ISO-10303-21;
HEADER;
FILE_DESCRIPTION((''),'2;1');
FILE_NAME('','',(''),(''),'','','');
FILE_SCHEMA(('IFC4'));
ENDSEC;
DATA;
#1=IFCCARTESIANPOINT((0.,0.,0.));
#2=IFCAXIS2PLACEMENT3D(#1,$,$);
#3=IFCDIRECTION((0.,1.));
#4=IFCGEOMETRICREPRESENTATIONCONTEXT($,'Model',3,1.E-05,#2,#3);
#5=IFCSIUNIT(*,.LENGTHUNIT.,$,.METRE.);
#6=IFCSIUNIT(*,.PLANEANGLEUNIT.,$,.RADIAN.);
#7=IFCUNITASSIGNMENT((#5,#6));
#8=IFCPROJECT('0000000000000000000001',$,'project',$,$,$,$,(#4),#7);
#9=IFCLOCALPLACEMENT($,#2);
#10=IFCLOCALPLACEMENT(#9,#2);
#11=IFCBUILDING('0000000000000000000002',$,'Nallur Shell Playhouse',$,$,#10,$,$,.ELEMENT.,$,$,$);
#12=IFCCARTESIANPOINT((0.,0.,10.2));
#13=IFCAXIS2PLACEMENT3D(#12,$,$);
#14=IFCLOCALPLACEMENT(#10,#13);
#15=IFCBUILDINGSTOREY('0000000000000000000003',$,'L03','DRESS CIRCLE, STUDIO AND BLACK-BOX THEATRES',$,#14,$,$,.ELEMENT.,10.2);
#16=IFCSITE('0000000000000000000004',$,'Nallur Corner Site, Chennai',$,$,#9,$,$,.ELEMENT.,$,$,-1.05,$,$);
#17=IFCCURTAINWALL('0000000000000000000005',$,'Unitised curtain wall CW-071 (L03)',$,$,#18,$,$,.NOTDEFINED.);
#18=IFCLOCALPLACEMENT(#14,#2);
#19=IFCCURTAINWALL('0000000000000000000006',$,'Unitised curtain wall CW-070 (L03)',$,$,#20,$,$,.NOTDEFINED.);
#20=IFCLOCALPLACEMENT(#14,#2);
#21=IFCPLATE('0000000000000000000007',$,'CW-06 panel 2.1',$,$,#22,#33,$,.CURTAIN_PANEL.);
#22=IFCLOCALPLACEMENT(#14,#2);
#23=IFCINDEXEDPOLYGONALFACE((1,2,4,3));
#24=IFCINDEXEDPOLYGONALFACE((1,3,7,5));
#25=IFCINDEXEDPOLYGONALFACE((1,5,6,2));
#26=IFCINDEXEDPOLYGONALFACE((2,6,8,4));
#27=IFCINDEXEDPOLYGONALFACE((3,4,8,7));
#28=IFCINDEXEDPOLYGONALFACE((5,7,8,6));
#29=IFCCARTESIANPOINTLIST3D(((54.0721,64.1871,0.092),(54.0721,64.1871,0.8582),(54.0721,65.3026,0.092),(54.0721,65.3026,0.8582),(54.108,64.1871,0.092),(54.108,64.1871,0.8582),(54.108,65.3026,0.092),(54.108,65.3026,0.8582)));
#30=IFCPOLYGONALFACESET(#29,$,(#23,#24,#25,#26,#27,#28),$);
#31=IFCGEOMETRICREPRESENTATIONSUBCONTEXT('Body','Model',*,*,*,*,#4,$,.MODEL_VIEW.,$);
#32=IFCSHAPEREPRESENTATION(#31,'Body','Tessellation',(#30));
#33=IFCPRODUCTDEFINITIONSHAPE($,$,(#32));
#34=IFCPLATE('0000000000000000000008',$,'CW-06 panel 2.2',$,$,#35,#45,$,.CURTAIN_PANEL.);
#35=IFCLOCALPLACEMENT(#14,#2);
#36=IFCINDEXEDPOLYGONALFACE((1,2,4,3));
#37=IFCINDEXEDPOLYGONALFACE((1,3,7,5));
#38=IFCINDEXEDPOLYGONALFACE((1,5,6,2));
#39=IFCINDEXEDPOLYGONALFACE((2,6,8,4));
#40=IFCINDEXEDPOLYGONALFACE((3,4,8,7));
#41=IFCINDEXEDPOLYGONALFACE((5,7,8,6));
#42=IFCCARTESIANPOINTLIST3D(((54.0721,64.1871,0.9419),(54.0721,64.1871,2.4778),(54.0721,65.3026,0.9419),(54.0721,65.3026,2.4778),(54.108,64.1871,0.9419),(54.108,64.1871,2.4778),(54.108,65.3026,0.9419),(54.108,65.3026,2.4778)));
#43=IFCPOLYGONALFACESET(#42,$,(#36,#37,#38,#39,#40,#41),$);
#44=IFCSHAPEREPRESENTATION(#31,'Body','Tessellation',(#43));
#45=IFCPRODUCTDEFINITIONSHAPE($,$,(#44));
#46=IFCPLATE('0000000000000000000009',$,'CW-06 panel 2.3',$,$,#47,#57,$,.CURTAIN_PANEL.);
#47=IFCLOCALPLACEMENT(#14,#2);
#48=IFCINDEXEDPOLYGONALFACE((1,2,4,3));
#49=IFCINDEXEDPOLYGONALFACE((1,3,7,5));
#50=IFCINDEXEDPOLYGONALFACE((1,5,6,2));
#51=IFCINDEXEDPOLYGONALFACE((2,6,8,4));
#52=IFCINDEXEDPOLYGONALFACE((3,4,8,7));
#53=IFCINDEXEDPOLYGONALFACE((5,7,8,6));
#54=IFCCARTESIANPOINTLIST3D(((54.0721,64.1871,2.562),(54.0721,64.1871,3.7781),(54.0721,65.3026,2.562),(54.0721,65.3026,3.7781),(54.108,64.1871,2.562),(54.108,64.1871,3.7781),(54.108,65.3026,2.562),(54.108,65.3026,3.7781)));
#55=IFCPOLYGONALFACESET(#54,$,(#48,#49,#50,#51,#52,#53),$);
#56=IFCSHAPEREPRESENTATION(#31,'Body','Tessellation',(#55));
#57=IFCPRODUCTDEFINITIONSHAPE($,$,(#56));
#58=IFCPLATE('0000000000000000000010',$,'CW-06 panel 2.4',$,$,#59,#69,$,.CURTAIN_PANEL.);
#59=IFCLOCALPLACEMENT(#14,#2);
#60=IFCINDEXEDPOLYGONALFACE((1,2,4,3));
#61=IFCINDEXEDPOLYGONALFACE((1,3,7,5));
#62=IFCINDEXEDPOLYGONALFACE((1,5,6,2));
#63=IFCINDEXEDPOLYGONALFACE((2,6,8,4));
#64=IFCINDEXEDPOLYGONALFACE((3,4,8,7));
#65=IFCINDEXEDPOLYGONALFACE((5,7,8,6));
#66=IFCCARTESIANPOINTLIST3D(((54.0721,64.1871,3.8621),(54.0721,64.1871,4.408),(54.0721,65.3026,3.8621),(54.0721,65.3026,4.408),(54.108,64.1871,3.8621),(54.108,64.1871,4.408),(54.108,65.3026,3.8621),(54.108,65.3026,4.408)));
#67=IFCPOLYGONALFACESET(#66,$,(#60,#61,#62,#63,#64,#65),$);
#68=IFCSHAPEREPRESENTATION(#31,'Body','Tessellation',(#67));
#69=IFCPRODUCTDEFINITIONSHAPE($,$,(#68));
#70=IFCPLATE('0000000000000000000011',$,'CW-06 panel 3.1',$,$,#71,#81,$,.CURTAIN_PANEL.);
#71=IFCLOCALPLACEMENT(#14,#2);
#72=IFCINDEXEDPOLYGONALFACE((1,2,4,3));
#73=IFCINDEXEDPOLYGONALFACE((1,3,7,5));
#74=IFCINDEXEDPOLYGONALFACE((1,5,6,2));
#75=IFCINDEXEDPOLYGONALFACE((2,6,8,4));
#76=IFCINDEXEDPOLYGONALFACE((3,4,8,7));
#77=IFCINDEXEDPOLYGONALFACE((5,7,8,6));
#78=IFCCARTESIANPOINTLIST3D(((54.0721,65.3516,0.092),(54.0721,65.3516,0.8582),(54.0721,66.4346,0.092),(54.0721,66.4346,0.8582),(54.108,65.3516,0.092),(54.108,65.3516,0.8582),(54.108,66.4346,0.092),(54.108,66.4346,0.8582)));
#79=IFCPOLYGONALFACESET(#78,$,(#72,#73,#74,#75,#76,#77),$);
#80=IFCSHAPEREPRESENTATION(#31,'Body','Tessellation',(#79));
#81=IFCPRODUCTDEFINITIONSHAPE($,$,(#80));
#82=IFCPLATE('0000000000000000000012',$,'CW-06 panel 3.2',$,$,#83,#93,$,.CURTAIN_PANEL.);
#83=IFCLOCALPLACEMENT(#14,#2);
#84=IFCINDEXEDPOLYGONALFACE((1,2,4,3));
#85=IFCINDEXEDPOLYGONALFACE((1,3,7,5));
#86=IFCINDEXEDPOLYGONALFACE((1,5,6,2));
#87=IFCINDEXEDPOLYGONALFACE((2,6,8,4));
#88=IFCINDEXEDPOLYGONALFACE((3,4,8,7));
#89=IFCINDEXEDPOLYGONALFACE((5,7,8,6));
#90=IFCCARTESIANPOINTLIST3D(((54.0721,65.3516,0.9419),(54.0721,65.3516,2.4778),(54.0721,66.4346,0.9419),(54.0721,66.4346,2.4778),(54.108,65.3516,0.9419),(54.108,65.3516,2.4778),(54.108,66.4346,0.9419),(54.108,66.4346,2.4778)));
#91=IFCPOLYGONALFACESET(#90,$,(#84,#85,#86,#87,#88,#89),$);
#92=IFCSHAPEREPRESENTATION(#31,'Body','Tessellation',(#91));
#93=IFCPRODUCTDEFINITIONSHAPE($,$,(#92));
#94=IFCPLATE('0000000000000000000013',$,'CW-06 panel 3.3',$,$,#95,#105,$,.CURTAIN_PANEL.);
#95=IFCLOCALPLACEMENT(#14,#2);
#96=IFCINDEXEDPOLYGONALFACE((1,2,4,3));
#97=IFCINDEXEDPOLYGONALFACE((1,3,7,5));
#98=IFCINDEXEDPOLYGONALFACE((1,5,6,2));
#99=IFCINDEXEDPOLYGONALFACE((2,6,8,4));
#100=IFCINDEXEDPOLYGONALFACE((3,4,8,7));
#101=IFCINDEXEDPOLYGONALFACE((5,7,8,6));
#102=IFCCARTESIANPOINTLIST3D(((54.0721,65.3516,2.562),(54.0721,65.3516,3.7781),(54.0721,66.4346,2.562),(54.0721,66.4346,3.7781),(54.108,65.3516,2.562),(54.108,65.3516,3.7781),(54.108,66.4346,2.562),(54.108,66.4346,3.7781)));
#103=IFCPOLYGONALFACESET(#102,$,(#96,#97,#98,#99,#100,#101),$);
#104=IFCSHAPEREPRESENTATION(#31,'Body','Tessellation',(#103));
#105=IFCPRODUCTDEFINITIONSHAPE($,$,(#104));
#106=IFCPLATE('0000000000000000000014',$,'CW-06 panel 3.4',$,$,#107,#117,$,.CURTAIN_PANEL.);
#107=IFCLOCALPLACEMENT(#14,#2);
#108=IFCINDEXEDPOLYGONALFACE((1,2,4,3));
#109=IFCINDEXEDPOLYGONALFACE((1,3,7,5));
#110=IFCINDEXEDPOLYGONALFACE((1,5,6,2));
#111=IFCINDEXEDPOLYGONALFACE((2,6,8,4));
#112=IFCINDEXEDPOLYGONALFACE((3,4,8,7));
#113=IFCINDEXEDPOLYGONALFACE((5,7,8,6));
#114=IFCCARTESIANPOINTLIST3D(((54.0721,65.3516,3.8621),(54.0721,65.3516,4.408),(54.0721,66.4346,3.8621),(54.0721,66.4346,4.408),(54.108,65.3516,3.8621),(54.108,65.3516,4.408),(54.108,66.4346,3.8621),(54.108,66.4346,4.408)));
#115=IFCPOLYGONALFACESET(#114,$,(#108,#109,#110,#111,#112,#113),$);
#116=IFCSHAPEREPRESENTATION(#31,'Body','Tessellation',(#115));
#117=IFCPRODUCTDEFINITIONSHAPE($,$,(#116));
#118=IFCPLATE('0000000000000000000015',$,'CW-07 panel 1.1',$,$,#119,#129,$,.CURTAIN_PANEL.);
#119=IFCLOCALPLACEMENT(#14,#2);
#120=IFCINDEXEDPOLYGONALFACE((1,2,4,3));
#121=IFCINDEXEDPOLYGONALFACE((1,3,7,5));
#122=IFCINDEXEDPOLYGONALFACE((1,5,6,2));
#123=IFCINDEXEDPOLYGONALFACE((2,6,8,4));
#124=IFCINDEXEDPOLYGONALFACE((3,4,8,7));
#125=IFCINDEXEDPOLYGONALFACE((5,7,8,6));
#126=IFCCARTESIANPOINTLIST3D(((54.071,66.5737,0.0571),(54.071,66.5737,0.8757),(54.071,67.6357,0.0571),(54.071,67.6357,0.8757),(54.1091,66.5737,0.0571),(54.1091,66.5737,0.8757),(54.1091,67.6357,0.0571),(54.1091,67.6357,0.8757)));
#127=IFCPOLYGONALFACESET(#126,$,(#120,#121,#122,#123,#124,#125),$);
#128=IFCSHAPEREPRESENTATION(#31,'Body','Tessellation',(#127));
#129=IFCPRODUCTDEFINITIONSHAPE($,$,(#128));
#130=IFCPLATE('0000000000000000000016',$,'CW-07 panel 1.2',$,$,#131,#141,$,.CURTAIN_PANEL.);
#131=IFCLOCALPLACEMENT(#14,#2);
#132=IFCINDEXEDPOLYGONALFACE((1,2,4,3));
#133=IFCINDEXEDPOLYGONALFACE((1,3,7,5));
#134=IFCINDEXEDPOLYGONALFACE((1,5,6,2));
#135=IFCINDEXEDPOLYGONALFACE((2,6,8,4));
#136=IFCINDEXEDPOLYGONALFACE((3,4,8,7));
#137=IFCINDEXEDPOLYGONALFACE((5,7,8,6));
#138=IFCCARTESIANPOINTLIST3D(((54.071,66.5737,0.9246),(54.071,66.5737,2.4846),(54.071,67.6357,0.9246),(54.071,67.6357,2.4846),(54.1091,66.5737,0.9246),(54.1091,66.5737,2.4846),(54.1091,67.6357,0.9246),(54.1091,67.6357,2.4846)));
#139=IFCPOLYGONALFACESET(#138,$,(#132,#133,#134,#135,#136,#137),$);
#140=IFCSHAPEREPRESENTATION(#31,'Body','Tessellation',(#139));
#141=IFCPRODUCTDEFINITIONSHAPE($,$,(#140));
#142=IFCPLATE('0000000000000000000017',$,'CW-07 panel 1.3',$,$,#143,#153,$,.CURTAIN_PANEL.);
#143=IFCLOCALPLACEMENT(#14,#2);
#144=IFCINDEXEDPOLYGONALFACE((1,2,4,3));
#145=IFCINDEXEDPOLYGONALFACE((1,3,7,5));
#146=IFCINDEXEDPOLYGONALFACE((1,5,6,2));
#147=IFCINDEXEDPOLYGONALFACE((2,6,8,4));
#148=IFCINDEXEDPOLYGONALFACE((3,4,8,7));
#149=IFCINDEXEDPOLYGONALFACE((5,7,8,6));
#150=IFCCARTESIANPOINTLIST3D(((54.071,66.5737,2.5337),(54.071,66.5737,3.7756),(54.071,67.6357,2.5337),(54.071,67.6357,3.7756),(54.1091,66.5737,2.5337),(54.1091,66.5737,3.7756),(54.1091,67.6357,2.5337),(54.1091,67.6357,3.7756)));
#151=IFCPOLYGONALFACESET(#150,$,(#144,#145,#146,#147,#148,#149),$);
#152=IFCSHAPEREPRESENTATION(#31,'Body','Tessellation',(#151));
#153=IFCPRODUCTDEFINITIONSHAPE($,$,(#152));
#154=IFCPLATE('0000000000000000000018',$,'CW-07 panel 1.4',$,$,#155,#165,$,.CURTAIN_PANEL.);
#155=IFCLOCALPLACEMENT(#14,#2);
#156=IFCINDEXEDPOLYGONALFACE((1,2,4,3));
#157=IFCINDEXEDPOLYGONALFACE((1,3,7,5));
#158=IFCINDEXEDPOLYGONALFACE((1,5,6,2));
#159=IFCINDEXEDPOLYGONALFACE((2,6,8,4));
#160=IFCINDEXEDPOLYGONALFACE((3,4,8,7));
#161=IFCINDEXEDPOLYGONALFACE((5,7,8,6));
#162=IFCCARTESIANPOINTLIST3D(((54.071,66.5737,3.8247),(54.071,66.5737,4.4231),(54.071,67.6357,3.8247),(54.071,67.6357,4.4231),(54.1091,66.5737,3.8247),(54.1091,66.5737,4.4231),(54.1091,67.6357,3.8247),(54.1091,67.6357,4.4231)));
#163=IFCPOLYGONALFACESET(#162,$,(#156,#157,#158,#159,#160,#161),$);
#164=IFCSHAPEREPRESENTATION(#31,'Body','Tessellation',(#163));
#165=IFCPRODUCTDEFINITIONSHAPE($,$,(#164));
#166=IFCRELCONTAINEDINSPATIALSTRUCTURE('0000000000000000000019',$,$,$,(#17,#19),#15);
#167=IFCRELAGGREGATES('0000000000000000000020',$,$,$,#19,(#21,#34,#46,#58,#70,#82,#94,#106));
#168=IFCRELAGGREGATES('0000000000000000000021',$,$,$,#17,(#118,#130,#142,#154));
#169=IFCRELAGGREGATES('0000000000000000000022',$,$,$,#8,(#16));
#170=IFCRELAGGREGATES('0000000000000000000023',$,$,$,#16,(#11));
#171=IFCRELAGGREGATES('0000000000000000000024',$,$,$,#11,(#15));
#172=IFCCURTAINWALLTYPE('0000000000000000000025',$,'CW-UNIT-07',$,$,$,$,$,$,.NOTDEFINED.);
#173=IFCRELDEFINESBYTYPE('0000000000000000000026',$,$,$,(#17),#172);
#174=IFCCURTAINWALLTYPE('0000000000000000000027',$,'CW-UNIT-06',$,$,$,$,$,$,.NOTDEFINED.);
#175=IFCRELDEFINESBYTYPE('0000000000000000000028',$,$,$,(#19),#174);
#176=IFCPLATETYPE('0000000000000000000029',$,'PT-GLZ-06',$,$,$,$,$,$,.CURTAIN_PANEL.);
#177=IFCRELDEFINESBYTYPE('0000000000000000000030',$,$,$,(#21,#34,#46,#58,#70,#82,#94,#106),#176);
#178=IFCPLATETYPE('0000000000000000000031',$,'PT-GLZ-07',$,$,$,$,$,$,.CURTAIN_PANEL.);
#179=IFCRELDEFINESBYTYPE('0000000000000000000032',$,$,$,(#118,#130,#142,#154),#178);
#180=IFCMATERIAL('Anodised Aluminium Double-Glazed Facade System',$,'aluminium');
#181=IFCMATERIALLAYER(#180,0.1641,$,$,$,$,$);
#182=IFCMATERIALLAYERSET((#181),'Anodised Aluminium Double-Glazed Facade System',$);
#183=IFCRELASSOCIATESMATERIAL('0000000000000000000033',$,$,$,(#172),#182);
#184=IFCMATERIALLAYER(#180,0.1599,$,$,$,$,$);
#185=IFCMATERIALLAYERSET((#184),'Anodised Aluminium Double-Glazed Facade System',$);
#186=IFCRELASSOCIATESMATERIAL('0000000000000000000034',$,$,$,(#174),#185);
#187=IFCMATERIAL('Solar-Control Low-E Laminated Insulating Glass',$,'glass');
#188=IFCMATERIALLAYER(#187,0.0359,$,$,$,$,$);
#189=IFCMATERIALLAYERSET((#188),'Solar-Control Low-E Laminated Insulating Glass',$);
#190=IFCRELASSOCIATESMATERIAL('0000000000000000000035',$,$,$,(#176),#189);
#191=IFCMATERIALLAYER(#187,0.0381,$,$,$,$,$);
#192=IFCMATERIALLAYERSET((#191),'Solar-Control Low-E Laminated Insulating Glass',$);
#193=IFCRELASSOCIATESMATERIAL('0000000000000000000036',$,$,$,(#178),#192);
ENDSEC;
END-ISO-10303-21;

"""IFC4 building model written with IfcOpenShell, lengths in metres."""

from ifc_helpers import new_model, si_unit, direction, frame, origin, origin_2d, place, context, subcontext, project, spatial, rectangle, extrude, material, layer, layer_set, type_object, element, aggregate, save


model = new_model("IFC4")

# Units and contexts
model_context = context("Model", 3, precision=1e-05, world=origin(), true_north=direction((0.0, 1.0)))
body_context = subcontext(model_context, "Body", "Model", "MODEL_VIEW")
ifc_project = project(units=[si_unit("LENGTHUNIT", "METRE"), si_unit("PLANEANGLEUNIT", "RADIAN")], contexts=[model_context])

# Site, building, storey
site_placement = place(None, origin())
site = spatial("IfcSite", under=ifc_project, at=site_placement, Name="Nallur Corner Site, Chennai", CompositionType="ELEMENT", RefElevation=-1.05)
building_placement = place(site_placement, origin())
building = spatial("IfcBuilding", under=site, at=building_placement, Name="Nallur Shell Playhouse", CompositionType="ELEMENT")
storey_placement = place(building_placement, frame((0.0, 0.0, 10.2)))
storey = spatial("IfcBuildingStorey", under=building, at=storey_placement, Name="L03", Description="DRESS CIRCLE, STUDIO AND BLACK-BOX THEATRES", CompositionType="ELEMENT", Elevation=10.2)

# Curtain walls
ifc_material_1 = material(Name="Anodised Aluminium Double-Glazed Facade System", Category="aluminium")
ifc_layer_1 = layer(ifc_material_1, 0.1641)
ifc_layer_set_1 = layer_set([ifc_layer_1], Name="Anodised Aluminium Double-Glazed Facade System")
curtain_wall_type_1 = type_object("IfcCurtainWallType", Name="CW-UNIT-07", PredefinedType="NOTDEFINED", material=ifc_layer_set_1)
curtain_wall_1_placement = place(storey_placement, origin())
curtain_wall_1 = element("IfcCurtainWall", 1, at=curtain_wall_1_placement, inside=storey, type_object=curtain_wall_type_1, Name="Unitised curtain wall CW-071 (L03)", PredefinedType="NOTDEFINED")
ifc_layer_2 = layer(ifc_material_1, 0.1599)
ifc_layer_set_2 = layer_set([ifc_layer_2], Name="Anodised Aluminium Double-Glazed Facade System")
curtain_wall_type_2 = type_object("IfcCurtainWallType", Name="CW-UNIT-06", PredefinedType="NOTDEFINED", material=ifc_layer_set_2)
curtain_wall_2_placement = place(storey_placement, origin())
curtain_wall_2 = element("IfcCurtainWall", 2, at=curtain_wall_2_placement, inside=storey, type_object=curtain_wall_type_2, Name="Unitised curtain wall CW-070 (L03)", PredefinedType="NOTDEFINED")

# Plates
ifc_material_2 = material(Name="Solar-Control Low-E Laminated Insulating Glass", Category="glass")
ifc_layer_3 = layer(ifc_material_2, 0.0359)
ifc_layer_set_3 = layer_set([ifc_layer_3], Name="Solar-Control Low-E Laminated Insulating Glass")
plate_type_1 = type_object("IfcPlateType", Name="PT-GLZ-06", PredefinedType="CURTAIN_PANEL", material=ifc_layer_set_3)
plate_1_placement = place(storey_placement, frame((54.0901, 64.7449, 0.092), z_axis=(0.0, 0.0, 1.0), x_axis=(0.0, 1.0, 0.0)))
plate_1 = element("IfcPlate", 3, at=plate_1_placement, type_object=plate_type_1, Name="CW-06 panel 2.1", PredefinedType="CURTAIN_PANEL", context=body_context, shape_type="SweptSolid", body=[
    extrude(rectangle(XDim=1.1155, YDim=0.0359, at=origin_2d()), origin(), (0.0, 0.0, 1.0), 0.7661),
])
plate_2_placement = place(storey_placement, frame((54.0901, 64.7449, 0.9419), z_axis=(0.0, 0.0, 1.0), x_axis=(0.0, 1.0, 0.0)))
plate_2 = element("IfcPlate", 4, at=plate_2_placement, type_object=plate_type_1, Name="CW-06 panel 2.2", PredefinedType="CURTAIN_PANEL", context=body_context, shape_type="SweptSolid", body=[
    extrude(rectangle(XDim=1.1155, YDim=0.0359, at=origin_2d()), origin(), (0.0, 0.0, 1.0), 1.5359),
])
plate_3_placement = place(storey_placement, frame((54.0901, 64.7449, 2.562), z_axis=(0.0, 0.0, 1.0), x_axis=(0.0, 1.0, 0.0)))
plate_3 = element("IfcPlate", 5, at=plate_3_placement, type_object=plate_type_1, Name="CW-06 panel 2.3", PredefinedType="CURTAIN_PANEL", context=body_context, shape_type="SweptSolid", body=[
    extrude(rectangle(XDim=1.1155, YDim=0.0359, at=origin_2d()), origin(), (0.0, 0.0, 1.0), 1.2161),
])
plate_4_placement = place(storey_placement, frame((54.0901, 64.7449, 3.8621), z_axis=(0.0, 0.0, 1.0), x_axis=(0.0, 1.0, 0.0)))
plate_4 = element("IfcPlate", 6, at=plate_4_placement, type_object=plate_type_1, Name="CW-06 panel 2.4", PredefinedType="CURTAIN_PANEL", context=body_context, shape_type="SweptSolid", body=[
    extrude(rectangle(XDim=1.1155, YDim=0.0359, at=origin_2d()), origin(), (0.0, 0.0, 1.0), 0.5459),
])
plate_5_placement = place(storey_placement, frame((54.0901, 65.8931, 0.092), z_axis=(0.0, 0.0, 1.0), x_axis=(0.0, 1.0, 0.0)))
plate_5 = element("IfcPlate", 7, at=plate_5_placement, type_object=plate_type_1, Name="CW-06 panel 3.1", PredefinedType="CURTAIN_PANEL", context=body_context, shape_type="SweptSolid", body=[
    extrude(rectangle(XDim=1.083, YDim=0.0359, at=origin_2d()), origin(), (0.0, 0.0, 1.0), 0.7661),
])
plate_6_placement = place(storey_placement, frame((54.0901, 65.8931, 0.9419), z_axis=(0.0, 0.0, 1.0), x_axis=(0.0, 1.0, 0.0)))
plate_6 = element("IfcPlate", 8, at=plate_6_placement, type_object=plate_type_1, Name="CW-06 panel 3.2", PredefinedType="CURTAIN_PANEL", context=body_context, shape_type="SweptSolid", body=[
    extrude(rectangle(XDim=1.083, YDim=0.0359, at=origin_2d()), origin(), (0.0, 0.0, 1.0), 1.5359),
])
plate_7_placement = place(storey_placement, frame((54.0901, 65.8931, 2.562), z_axis=(0.0, 0.0, 1.0), x_axis=(0.0, 1.0, 0.0)))
plate_7 = element("IfcPlate", 9, at=plate_7_placement, type_object=plate_type_1, Name="CW-06 panel 3.3", PredefinedType="CURTAIN_PANEL", context=body_context, shape_type="SweptSolid", body=[
    extrude(rectangle(XDim=1.083, YDim=0.0359, at=origin_2d()), origin(), (0.0, 0.0, 1.0), 1.2161),
])
plate_8_placement = place(storey_placement, frame((54.0901, 65.8931, 3.8621), z_axis=(0.0, 0.0, 1.0), x_axis=(0.0, 1.0, 0.0)))
plate_8 = element("IfcPlate", 10, at=plate_8_placement, type_object=plate_type_1, Name="CW-06 panel 3.4", PredefinedType="CURTAIN_PANEL", context=body_context, shape_type="SweptSolid", body=[
    extrude(rectangle(XDim=1.083, YDim=0.0359, at=origin_2d()), origin(), (0.0, 0.0, 1.0), 0.5459),
])
aggregate(curtain_wall_2, [plate_1, plate_2, plate_3, plate_4, plate_5, plate_6, plate_7, plate_8])
ifc_layer_4 = layer(ifc_material_2, 0.0381)
ifc_layer_set_4 = layer_set([ifc_layer_4], Name="Solar-Control Low-E Laminated Insulating Glass")
plate_type_2 = type_object("IfcPlateType", Name="PT-GLZ-07", PredefinedType="CURTAIN_PANEL", material=ifc_layer_set_4)
plate_9_placement = place(storey_placement, frame((54.0901, 67.1047, 0.0571), z_axis=(0.0, 0.0, 1.0), x_axis=(0.0, 1.0, 0.0)))
plate_9 = element("IfcPlate", 11, at=plate_9_placement, type_object=plate_type_2, Name="CW-07 panel 1.1", PredefinedType="CURTAIN_PANEL", context=body_context, shape_type="SweptSolid", body=[
    extrude(rectangle(XDim=1.062, YDim=0.0381, at=origin_2d()), origin(), (0.0, 0.0, 1.0), 0.8186),
])
plate_10_placement = place(storey_placement, frame((54.0901, 67.1047, 0.9246), z_axis=(0.0, 0.0, 1.0), x_axis=(0.0, 1.0, 0.0)))
plate_10 = element("IfcPlate", 12, at=plate_10_placement, type_object=plate_type_2, Name="CW-07 panel 1.2", PredefinedType="CURTAIN_PANEL", context=body_context, shape_type="SweptSolid", body=[
    extrude(rectangle(XDim=1.062, YDim=0.0381, at=origin_2d()), origin(), (0.0, 0.0, 1.0), 1.5601),
])
plate_11_placement = place(storey_placement, frame((54.0901, 67.1047, 2.5337), z_axis=(0.0, 0.0, 1.0), x_axis=(0.0, 1.0, 0.0)))
plate_11 = element("IfcPlate", 13, at=plate_11_placement, type_object=plate_type_2, Name="CW-07 panel 1.3", PredefinedType="CURTAIN_PANEL", context=body_context, shape_type="SweptSolid", body=[
    extrude(rectangle(XDim=1.062, YDim=0.0381, at=origin_2d()), origin(), (0.0, 0.0, 1.0), 1.2419),
])
plate_12_placement = place(storey_placement, frame((54.0901, 67.1047, 3.8247), z_axis=(0.0, 0.0, 1.0), x_axis=(0.0, 1.0, 0.0)))
plate_12 = element("IfcPlate", 14, at=plate_12_placement, type_object=plate_type_2, Name="CW-07 panel 1.4", PredefinedType="CURTAIN_PANEL", context=body_context, shape_type="SweptSolid", body=[
    extrude(rectangle(XDim=1.062, YDim=0.0381, at=origin_2d()), origin(), (0.0, 0.0, 1.0), 0.5984),
])
aggregate(curtain_wall_1, [plate_9, plate_10, plate_11, plate_12])

save(model, "model.ifc")
